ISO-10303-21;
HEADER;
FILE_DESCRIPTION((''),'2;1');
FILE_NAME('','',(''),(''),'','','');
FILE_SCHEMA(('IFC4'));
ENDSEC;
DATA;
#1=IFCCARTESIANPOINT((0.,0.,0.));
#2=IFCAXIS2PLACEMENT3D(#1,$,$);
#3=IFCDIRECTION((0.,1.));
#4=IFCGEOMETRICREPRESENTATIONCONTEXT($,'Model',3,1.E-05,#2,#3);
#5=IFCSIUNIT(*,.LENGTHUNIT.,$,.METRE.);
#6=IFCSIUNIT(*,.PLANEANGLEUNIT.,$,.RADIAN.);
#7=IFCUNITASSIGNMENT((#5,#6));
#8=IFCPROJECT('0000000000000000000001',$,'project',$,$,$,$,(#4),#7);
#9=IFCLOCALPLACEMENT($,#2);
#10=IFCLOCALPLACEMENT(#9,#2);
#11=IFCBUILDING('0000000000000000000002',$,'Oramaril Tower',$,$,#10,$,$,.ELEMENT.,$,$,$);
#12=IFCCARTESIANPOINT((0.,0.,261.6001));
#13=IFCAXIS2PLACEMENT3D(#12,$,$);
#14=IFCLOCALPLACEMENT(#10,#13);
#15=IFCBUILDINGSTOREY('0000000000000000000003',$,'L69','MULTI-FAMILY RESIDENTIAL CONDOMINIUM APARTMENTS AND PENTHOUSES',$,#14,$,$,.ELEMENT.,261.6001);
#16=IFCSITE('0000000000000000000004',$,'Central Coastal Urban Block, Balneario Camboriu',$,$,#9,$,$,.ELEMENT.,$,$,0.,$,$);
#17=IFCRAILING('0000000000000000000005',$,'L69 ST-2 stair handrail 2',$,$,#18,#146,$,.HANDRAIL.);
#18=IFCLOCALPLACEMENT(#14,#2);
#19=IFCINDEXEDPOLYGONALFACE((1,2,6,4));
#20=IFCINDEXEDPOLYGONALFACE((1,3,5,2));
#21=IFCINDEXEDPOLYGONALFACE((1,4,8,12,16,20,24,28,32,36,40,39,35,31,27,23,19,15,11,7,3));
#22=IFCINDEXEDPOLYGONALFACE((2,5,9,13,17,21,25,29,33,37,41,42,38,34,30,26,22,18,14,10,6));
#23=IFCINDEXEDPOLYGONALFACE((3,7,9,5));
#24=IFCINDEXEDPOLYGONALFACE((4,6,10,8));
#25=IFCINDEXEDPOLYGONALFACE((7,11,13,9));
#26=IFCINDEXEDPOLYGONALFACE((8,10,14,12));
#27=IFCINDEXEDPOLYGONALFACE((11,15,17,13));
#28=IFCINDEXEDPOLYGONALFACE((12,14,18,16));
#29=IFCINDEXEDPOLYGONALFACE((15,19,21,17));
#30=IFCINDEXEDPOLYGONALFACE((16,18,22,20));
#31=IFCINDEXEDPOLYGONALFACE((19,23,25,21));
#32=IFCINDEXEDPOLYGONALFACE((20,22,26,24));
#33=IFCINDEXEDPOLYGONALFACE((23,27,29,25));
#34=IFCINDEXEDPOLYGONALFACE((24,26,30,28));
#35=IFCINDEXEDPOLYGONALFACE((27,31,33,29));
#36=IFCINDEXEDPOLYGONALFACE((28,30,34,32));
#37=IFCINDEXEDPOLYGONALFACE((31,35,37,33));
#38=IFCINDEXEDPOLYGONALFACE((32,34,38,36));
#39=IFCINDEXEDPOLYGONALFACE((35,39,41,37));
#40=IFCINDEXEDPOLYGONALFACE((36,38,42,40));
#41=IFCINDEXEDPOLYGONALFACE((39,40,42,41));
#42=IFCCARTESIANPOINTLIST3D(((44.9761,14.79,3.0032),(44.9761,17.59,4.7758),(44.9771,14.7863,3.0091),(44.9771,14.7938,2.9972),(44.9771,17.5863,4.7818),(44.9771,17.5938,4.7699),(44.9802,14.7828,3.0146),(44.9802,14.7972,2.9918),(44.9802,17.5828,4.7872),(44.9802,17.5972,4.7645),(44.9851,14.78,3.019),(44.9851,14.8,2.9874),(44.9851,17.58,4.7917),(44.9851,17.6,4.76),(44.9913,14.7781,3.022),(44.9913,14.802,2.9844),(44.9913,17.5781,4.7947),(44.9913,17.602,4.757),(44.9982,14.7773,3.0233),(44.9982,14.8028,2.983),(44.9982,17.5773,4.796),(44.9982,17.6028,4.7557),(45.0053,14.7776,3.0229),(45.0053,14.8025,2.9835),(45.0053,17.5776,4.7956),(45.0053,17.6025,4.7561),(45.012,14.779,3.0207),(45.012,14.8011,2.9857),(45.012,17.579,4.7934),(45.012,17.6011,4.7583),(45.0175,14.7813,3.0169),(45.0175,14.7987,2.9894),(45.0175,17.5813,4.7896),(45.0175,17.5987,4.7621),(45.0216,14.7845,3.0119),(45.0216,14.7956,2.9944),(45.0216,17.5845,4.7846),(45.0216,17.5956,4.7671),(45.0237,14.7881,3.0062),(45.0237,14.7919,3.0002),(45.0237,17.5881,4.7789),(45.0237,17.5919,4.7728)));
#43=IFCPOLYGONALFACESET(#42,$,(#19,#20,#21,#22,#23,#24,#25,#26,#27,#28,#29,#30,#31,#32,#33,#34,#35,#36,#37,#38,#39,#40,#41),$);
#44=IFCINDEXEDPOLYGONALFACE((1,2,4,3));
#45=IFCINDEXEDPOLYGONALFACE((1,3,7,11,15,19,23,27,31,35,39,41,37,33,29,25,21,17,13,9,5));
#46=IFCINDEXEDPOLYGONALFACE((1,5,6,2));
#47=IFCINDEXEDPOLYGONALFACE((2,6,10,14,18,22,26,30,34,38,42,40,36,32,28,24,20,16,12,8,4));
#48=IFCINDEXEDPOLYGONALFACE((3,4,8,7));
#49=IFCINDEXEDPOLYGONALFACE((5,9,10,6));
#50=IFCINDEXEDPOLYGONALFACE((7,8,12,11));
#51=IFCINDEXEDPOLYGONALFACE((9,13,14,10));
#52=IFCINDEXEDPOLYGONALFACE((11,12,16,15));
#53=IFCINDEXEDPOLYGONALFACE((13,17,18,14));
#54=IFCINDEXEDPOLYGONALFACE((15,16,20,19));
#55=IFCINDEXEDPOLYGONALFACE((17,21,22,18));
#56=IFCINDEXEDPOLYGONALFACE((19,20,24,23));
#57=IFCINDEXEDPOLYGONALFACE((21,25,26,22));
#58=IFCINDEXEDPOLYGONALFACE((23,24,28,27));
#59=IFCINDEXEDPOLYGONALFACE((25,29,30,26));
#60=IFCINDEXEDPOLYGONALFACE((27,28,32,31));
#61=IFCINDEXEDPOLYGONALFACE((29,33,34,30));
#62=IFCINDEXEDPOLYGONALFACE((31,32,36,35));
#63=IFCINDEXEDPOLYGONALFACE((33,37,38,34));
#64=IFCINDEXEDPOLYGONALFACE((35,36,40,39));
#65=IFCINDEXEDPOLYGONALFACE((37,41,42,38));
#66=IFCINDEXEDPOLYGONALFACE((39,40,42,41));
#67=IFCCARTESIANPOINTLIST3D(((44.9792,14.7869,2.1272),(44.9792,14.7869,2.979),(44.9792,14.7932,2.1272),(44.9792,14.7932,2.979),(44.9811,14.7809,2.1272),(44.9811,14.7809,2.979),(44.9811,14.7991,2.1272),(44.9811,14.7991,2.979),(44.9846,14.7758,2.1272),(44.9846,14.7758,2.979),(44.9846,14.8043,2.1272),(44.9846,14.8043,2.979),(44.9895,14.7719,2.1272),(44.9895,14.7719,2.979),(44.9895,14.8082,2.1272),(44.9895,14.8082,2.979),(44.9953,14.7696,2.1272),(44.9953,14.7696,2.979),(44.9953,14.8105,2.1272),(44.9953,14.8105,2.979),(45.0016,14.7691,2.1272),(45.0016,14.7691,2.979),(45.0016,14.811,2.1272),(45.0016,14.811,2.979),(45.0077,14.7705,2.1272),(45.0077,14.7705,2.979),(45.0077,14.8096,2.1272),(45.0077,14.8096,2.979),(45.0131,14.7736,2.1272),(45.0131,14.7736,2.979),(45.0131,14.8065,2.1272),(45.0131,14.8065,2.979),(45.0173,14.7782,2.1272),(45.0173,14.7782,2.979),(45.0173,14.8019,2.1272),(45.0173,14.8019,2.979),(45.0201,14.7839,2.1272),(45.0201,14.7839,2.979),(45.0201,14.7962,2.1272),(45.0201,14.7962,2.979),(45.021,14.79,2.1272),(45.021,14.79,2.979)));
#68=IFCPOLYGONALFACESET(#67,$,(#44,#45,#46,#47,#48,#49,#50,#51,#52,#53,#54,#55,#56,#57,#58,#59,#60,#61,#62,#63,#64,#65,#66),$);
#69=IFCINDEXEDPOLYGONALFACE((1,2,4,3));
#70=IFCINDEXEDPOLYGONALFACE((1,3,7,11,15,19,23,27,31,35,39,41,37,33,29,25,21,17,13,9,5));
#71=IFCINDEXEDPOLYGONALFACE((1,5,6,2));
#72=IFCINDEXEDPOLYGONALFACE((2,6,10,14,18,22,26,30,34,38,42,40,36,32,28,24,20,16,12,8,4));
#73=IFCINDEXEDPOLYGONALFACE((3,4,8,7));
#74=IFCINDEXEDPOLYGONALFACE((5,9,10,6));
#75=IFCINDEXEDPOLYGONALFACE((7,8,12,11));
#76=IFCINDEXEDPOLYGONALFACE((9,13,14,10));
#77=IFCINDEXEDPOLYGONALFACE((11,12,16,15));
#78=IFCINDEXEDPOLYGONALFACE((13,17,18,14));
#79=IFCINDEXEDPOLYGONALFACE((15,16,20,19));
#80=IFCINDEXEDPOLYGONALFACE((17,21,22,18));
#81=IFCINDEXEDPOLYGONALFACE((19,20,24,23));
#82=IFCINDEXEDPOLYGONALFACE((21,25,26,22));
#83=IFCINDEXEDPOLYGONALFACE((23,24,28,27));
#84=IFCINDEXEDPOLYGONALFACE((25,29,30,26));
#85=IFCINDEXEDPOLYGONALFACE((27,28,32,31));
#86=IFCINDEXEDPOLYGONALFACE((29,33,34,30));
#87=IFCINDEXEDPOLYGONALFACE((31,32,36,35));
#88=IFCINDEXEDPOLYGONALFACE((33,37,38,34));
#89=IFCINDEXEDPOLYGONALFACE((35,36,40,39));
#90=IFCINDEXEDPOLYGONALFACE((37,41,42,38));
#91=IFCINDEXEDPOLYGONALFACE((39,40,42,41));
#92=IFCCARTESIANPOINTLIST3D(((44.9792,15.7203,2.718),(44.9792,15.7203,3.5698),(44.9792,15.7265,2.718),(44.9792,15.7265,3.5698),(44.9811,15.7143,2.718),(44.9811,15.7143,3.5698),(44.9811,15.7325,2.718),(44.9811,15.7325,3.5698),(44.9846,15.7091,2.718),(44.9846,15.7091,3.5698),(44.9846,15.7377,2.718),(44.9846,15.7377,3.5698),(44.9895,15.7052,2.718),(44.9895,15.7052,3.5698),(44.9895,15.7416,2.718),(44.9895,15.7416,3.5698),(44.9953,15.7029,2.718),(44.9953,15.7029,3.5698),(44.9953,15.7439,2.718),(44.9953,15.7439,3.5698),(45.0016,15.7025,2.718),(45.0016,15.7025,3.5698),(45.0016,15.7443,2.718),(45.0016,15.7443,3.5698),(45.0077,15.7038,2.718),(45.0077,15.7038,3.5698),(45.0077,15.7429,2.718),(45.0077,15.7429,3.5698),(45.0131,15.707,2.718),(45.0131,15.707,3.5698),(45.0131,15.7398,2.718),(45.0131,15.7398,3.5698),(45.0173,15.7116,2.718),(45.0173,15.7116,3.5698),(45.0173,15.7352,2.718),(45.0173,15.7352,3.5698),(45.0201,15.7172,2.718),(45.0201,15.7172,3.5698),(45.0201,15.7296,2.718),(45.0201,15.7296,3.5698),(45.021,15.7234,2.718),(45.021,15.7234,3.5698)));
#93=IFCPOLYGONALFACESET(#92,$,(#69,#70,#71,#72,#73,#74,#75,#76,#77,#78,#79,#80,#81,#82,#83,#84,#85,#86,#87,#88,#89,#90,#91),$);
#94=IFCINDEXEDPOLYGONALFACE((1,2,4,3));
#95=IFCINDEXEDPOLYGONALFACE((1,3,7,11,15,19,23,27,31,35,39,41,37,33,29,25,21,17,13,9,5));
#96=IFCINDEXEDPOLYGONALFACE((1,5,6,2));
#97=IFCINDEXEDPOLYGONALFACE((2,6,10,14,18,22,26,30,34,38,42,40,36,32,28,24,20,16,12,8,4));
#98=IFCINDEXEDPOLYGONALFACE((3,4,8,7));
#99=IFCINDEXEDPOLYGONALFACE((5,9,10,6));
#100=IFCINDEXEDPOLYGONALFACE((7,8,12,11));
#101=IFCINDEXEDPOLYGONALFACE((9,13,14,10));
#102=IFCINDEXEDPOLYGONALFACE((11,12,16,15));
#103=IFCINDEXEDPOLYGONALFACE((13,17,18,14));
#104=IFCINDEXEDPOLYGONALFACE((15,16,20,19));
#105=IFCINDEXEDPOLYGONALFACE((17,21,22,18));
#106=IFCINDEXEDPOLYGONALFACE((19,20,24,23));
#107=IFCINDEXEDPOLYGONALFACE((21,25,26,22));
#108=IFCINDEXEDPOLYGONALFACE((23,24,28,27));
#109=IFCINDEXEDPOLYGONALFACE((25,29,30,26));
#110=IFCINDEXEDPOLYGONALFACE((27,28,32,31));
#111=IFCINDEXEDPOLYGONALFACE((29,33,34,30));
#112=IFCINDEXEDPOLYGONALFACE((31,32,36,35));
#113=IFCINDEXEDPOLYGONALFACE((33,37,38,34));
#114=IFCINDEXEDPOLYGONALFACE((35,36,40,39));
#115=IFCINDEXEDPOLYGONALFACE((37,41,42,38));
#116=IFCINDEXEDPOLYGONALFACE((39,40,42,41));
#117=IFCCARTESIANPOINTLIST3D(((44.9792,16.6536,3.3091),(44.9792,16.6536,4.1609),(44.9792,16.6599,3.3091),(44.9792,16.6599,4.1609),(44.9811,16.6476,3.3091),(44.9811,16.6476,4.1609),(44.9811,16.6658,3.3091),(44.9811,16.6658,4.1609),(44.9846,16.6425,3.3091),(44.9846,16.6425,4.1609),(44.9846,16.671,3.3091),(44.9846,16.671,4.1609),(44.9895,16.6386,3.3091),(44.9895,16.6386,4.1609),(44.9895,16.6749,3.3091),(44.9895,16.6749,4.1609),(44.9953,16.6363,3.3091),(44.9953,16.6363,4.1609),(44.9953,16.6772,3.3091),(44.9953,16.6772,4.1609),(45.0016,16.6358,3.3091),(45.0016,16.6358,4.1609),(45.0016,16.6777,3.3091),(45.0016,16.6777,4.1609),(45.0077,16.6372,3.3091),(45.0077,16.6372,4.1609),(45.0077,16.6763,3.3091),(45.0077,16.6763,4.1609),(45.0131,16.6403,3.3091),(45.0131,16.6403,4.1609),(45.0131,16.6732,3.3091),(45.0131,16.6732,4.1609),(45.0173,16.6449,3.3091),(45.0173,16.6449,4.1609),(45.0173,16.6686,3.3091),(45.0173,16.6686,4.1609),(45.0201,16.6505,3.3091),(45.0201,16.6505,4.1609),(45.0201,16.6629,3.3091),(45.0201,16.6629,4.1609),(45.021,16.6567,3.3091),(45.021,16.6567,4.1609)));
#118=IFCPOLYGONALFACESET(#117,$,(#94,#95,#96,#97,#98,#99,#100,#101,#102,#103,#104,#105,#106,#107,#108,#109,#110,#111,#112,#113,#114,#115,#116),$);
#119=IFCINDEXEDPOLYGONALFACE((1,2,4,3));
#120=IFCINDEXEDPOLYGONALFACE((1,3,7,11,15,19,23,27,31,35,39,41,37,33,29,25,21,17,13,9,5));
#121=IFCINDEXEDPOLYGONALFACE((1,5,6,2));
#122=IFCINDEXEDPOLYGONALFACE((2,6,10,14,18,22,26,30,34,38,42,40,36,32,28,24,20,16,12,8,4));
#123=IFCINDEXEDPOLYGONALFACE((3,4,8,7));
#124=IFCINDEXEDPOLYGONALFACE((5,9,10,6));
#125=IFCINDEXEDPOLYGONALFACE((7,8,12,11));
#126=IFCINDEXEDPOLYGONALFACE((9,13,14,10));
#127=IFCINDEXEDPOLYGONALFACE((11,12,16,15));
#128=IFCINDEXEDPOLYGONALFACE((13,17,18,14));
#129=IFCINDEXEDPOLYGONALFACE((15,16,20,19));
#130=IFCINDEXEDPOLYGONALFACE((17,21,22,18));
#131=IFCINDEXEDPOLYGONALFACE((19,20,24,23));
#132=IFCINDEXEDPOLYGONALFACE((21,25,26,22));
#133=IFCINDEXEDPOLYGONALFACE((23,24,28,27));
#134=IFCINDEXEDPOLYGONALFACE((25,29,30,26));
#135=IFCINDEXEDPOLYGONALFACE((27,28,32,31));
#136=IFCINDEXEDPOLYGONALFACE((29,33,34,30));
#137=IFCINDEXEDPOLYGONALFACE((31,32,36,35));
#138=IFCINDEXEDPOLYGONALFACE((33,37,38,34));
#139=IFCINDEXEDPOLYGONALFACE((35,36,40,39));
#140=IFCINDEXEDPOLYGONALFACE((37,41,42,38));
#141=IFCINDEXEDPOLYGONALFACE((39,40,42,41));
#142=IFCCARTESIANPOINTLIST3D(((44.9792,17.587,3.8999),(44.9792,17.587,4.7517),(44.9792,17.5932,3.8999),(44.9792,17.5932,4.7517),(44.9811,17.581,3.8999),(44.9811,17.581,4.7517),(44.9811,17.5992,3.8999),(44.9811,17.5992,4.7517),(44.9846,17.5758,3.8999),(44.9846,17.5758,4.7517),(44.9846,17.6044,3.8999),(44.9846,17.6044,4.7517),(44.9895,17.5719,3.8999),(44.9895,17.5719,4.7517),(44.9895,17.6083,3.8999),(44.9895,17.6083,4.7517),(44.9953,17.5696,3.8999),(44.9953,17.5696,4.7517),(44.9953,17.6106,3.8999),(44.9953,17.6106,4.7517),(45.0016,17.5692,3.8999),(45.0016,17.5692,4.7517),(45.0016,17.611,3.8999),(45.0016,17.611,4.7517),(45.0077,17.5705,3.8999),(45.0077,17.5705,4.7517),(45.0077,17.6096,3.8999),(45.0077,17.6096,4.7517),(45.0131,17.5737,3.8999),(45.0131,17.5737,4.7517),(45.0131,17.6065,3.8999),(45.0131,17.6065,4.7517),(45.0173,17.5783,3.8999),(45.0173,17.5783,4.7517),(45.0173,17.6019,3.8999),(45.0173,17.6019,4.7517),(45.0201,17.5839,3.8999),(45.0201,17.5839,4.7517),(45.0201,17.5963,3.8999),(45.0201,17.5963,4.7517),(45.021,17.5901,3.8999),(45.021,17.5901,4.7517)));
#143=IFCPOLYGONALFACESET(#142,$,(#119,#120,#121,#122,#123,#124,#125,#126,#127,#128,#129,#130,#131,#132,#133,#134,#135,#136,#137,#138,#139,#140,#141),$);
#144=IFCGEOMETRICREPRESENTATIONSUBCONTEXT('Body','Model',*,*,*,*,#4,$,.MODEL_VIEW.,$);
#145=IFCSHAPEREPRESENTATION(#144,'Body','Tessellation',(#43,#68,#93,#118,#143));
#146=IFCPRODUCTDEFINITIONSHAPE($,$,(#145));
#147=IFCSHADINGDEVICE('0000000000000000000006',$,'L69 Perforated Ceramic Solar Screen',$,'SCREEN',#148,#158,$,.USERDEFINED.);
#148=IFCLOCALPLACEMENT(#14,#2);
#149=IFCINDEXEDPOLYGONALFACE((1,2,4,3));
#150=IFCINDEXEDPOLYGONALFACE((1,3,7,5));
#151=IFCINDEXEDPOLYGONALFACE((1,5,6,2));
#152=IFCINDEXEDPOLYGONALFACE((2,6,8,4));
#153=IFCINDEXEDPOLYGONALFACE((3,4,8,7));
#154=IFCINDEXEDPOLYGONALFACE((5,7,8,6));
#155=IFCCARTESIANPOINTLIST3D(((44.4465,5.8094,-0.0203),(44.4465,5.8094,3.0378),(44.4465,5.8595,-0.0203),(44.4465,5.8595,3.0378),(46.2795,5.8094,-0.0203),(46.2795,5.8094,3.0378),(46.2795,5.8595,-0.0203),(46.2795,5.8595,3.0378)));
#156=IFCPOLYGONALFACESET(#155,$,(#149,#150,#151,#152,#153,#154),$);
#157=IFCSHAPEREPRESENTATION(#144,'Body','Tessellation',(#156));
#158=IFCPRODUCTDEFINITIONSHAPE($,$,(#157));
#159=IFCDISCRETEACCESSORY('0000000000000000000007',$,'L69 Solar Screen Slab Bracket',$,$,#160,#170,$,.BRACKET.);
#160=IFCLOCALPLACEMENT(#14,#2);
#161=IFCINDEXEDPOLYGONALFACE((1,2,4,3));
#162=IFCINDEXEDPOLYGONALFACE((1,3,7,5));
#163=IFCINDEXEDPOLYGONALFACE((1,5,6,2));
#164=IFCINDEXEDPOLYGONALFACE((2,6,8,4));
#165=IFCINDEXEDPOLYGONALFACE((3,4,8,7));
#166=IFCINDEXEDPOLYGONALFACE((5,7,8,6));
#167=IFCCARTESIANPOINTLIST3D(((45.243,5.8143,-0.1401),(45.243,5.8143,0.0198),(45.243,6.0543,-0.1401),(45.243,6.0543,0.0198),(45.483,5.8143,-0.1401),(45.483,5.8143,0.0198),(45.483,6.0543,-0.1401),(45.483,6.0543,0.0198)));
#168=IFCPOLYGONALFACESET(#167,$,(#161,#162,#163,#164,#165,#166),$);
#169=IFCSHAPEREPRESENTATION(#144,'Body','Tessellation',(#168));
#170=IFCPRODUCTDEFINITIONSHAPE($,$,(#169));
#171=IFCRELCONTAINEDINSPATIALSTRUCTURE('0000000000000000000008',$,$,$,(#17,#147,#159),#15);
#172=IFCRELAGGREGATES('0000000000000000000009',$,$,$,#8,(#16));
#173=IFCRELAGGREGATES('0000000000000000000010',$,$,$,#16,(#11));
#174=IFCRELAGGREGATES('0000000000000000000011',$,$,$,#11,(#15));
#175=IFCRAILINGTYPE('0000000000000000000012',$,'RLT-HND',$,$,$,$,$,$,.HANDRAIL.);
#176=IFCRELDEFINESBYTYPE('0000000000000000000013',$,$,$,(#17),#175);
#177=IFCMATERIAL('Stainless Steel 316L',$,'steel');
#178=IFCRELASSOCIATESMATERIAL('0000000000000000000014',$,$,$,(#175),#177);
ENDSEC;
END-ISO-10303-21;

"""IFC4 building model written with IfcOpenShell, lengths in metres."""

from ifc_helpers import new_model, si_unit, direction, frame, origin, origin_2d, place, context, subcontext, project, spatial, rectangle, circle, extrude, material, type_object, element, save


model = new_model("IFC4")

# Units and contexts
model_context = context("Model", 3, precision=1e-05, world=origin(), true_north=direction((0.0, 1.0)))
body_context = subcontext(model_context, "Body", "Model", "MODEL_VIEW")
ifc_project = project(units=[si_unit("LENGTHUNIT", "METRE"), si_unit("PLANEANGLEUNIT", "RADIAN")], contexts=[model_context])

# Site, building, storey
site_placement = place(None, origin())
site = spatial("IfcSite", under=ifc_project, at=site_placement, Name="Central Coastal Urban Block, Balneario Camboriu", CompositionType="ELEMENT", RefElevation=0.0)
building_placement = place(site_placement, origin())
building = spatial("IfcBuilding", under=site, at=building_placement, Name="Oramaril Tower", CompositionType="ELEMENT")
storey_placement = place(building_placement, frame((0.0, 0.0, 261.6001)))
storey = spatial("IfcBuildingStorey", under=building, at=storey_placement, Name="L69", Description="MULTI-FAMILY RESIDENTIAL CONDOMINIUM APARTMENTS AND PENTHOUSES", CompositionType="ELEMENT", Elevation=261.6001)

# Railing
ifc_material_1 = material(Name="Stainless Steel 316L", Category="steel")
railing_type_1 = type_object("IfcRailingType", Name="RLT-HND", PredefinedType="HANDRAIL", material=ifc_material_1)
railing_1_placement = place(storey_placement, frame((45.0, 14.79, 2.1272)))
element("IfcRailing", 1, at=railing_1_placement, inside=storey, type_object=railing_type_1, Name="L69 ST-2 stair handrail 2", PredefinedType="HANDRAIL", context=body_context, shape_type="SweptSolid", body=[
    extrude(circle(Radius=0.0239, at=origin_2d()), frame((0.0, 0.0, 0.876), z_axis=(0.0, 0.844909, 0.53491), x_axis=(-1.0, 0.0, 0.0)), (0.0, 0.0, 1.0), 3.314),
    extrude(circle(Radius=0.021, at=origin_2d()), origin(), (0.0, 0.0, 1.0), 0.8518),
    extrude(circle(Radius=0.021, at=origin_2d()), frame((0.0, 0.9333, 0.5908)), (0.0, 0.0, 1.0), 0.8518),
    extrude(circle(Radius=0.021, at=origin_2d()), frame((0.0, 1.8667, 1.1819)), (0.0, 0.0, 1.0), 0.8518),
    extrude(circle(Radius=0.021, at=origin_2d()), frame((0.0, 2.8, 1.7727)), (0.0, 0.0, 1.0), 0.8518),
])

# Shading device
shading_device_placement = place(storey_placement, frame((45.363, 5.8345, -0.0203), z_axis=(0.0, 0.0, 1.0), x_axis=(1.0, 0.0, 0.0)))
element("IfcShadingDevice", 2, at=shading_device_placement, inside=storey, Name="L69 Perforated Ceramic Solar Screen", ObjectType="SCREEN", PredefinedType="USERDEFINED", context=body_context, shape_type="SweptSolid", body=[
    extrude(rectangle(XDim=1.833, YDim=0.05, at=origin_2d()), origin(), (0.0, 0.0, 1.0), 3.0581),
])

# Discrete accessory
discrete_accessory_placement = place(storey_placement, frame((45.363, 5.9343, -0.1401), z_axis=(0.0, 0.0, 1.0), x_axis=(1.0, 0.0, 0.0)))
element("IfcDiscreteAccessory", 3, at=discrete_accessory_placement, inside=storey, Name="L69 Solar Screen Slab Bracket", PredefinedType="BRACKET", context=body_context, shape_type="SweptSolid", body=[
    extrude(rectangle(XDim=0.24, YDim=0.24, at=origin_2d()), origin(), (0.0, 0.0, 1.0), 0.1599),
])

save(model, "model.ifc")
